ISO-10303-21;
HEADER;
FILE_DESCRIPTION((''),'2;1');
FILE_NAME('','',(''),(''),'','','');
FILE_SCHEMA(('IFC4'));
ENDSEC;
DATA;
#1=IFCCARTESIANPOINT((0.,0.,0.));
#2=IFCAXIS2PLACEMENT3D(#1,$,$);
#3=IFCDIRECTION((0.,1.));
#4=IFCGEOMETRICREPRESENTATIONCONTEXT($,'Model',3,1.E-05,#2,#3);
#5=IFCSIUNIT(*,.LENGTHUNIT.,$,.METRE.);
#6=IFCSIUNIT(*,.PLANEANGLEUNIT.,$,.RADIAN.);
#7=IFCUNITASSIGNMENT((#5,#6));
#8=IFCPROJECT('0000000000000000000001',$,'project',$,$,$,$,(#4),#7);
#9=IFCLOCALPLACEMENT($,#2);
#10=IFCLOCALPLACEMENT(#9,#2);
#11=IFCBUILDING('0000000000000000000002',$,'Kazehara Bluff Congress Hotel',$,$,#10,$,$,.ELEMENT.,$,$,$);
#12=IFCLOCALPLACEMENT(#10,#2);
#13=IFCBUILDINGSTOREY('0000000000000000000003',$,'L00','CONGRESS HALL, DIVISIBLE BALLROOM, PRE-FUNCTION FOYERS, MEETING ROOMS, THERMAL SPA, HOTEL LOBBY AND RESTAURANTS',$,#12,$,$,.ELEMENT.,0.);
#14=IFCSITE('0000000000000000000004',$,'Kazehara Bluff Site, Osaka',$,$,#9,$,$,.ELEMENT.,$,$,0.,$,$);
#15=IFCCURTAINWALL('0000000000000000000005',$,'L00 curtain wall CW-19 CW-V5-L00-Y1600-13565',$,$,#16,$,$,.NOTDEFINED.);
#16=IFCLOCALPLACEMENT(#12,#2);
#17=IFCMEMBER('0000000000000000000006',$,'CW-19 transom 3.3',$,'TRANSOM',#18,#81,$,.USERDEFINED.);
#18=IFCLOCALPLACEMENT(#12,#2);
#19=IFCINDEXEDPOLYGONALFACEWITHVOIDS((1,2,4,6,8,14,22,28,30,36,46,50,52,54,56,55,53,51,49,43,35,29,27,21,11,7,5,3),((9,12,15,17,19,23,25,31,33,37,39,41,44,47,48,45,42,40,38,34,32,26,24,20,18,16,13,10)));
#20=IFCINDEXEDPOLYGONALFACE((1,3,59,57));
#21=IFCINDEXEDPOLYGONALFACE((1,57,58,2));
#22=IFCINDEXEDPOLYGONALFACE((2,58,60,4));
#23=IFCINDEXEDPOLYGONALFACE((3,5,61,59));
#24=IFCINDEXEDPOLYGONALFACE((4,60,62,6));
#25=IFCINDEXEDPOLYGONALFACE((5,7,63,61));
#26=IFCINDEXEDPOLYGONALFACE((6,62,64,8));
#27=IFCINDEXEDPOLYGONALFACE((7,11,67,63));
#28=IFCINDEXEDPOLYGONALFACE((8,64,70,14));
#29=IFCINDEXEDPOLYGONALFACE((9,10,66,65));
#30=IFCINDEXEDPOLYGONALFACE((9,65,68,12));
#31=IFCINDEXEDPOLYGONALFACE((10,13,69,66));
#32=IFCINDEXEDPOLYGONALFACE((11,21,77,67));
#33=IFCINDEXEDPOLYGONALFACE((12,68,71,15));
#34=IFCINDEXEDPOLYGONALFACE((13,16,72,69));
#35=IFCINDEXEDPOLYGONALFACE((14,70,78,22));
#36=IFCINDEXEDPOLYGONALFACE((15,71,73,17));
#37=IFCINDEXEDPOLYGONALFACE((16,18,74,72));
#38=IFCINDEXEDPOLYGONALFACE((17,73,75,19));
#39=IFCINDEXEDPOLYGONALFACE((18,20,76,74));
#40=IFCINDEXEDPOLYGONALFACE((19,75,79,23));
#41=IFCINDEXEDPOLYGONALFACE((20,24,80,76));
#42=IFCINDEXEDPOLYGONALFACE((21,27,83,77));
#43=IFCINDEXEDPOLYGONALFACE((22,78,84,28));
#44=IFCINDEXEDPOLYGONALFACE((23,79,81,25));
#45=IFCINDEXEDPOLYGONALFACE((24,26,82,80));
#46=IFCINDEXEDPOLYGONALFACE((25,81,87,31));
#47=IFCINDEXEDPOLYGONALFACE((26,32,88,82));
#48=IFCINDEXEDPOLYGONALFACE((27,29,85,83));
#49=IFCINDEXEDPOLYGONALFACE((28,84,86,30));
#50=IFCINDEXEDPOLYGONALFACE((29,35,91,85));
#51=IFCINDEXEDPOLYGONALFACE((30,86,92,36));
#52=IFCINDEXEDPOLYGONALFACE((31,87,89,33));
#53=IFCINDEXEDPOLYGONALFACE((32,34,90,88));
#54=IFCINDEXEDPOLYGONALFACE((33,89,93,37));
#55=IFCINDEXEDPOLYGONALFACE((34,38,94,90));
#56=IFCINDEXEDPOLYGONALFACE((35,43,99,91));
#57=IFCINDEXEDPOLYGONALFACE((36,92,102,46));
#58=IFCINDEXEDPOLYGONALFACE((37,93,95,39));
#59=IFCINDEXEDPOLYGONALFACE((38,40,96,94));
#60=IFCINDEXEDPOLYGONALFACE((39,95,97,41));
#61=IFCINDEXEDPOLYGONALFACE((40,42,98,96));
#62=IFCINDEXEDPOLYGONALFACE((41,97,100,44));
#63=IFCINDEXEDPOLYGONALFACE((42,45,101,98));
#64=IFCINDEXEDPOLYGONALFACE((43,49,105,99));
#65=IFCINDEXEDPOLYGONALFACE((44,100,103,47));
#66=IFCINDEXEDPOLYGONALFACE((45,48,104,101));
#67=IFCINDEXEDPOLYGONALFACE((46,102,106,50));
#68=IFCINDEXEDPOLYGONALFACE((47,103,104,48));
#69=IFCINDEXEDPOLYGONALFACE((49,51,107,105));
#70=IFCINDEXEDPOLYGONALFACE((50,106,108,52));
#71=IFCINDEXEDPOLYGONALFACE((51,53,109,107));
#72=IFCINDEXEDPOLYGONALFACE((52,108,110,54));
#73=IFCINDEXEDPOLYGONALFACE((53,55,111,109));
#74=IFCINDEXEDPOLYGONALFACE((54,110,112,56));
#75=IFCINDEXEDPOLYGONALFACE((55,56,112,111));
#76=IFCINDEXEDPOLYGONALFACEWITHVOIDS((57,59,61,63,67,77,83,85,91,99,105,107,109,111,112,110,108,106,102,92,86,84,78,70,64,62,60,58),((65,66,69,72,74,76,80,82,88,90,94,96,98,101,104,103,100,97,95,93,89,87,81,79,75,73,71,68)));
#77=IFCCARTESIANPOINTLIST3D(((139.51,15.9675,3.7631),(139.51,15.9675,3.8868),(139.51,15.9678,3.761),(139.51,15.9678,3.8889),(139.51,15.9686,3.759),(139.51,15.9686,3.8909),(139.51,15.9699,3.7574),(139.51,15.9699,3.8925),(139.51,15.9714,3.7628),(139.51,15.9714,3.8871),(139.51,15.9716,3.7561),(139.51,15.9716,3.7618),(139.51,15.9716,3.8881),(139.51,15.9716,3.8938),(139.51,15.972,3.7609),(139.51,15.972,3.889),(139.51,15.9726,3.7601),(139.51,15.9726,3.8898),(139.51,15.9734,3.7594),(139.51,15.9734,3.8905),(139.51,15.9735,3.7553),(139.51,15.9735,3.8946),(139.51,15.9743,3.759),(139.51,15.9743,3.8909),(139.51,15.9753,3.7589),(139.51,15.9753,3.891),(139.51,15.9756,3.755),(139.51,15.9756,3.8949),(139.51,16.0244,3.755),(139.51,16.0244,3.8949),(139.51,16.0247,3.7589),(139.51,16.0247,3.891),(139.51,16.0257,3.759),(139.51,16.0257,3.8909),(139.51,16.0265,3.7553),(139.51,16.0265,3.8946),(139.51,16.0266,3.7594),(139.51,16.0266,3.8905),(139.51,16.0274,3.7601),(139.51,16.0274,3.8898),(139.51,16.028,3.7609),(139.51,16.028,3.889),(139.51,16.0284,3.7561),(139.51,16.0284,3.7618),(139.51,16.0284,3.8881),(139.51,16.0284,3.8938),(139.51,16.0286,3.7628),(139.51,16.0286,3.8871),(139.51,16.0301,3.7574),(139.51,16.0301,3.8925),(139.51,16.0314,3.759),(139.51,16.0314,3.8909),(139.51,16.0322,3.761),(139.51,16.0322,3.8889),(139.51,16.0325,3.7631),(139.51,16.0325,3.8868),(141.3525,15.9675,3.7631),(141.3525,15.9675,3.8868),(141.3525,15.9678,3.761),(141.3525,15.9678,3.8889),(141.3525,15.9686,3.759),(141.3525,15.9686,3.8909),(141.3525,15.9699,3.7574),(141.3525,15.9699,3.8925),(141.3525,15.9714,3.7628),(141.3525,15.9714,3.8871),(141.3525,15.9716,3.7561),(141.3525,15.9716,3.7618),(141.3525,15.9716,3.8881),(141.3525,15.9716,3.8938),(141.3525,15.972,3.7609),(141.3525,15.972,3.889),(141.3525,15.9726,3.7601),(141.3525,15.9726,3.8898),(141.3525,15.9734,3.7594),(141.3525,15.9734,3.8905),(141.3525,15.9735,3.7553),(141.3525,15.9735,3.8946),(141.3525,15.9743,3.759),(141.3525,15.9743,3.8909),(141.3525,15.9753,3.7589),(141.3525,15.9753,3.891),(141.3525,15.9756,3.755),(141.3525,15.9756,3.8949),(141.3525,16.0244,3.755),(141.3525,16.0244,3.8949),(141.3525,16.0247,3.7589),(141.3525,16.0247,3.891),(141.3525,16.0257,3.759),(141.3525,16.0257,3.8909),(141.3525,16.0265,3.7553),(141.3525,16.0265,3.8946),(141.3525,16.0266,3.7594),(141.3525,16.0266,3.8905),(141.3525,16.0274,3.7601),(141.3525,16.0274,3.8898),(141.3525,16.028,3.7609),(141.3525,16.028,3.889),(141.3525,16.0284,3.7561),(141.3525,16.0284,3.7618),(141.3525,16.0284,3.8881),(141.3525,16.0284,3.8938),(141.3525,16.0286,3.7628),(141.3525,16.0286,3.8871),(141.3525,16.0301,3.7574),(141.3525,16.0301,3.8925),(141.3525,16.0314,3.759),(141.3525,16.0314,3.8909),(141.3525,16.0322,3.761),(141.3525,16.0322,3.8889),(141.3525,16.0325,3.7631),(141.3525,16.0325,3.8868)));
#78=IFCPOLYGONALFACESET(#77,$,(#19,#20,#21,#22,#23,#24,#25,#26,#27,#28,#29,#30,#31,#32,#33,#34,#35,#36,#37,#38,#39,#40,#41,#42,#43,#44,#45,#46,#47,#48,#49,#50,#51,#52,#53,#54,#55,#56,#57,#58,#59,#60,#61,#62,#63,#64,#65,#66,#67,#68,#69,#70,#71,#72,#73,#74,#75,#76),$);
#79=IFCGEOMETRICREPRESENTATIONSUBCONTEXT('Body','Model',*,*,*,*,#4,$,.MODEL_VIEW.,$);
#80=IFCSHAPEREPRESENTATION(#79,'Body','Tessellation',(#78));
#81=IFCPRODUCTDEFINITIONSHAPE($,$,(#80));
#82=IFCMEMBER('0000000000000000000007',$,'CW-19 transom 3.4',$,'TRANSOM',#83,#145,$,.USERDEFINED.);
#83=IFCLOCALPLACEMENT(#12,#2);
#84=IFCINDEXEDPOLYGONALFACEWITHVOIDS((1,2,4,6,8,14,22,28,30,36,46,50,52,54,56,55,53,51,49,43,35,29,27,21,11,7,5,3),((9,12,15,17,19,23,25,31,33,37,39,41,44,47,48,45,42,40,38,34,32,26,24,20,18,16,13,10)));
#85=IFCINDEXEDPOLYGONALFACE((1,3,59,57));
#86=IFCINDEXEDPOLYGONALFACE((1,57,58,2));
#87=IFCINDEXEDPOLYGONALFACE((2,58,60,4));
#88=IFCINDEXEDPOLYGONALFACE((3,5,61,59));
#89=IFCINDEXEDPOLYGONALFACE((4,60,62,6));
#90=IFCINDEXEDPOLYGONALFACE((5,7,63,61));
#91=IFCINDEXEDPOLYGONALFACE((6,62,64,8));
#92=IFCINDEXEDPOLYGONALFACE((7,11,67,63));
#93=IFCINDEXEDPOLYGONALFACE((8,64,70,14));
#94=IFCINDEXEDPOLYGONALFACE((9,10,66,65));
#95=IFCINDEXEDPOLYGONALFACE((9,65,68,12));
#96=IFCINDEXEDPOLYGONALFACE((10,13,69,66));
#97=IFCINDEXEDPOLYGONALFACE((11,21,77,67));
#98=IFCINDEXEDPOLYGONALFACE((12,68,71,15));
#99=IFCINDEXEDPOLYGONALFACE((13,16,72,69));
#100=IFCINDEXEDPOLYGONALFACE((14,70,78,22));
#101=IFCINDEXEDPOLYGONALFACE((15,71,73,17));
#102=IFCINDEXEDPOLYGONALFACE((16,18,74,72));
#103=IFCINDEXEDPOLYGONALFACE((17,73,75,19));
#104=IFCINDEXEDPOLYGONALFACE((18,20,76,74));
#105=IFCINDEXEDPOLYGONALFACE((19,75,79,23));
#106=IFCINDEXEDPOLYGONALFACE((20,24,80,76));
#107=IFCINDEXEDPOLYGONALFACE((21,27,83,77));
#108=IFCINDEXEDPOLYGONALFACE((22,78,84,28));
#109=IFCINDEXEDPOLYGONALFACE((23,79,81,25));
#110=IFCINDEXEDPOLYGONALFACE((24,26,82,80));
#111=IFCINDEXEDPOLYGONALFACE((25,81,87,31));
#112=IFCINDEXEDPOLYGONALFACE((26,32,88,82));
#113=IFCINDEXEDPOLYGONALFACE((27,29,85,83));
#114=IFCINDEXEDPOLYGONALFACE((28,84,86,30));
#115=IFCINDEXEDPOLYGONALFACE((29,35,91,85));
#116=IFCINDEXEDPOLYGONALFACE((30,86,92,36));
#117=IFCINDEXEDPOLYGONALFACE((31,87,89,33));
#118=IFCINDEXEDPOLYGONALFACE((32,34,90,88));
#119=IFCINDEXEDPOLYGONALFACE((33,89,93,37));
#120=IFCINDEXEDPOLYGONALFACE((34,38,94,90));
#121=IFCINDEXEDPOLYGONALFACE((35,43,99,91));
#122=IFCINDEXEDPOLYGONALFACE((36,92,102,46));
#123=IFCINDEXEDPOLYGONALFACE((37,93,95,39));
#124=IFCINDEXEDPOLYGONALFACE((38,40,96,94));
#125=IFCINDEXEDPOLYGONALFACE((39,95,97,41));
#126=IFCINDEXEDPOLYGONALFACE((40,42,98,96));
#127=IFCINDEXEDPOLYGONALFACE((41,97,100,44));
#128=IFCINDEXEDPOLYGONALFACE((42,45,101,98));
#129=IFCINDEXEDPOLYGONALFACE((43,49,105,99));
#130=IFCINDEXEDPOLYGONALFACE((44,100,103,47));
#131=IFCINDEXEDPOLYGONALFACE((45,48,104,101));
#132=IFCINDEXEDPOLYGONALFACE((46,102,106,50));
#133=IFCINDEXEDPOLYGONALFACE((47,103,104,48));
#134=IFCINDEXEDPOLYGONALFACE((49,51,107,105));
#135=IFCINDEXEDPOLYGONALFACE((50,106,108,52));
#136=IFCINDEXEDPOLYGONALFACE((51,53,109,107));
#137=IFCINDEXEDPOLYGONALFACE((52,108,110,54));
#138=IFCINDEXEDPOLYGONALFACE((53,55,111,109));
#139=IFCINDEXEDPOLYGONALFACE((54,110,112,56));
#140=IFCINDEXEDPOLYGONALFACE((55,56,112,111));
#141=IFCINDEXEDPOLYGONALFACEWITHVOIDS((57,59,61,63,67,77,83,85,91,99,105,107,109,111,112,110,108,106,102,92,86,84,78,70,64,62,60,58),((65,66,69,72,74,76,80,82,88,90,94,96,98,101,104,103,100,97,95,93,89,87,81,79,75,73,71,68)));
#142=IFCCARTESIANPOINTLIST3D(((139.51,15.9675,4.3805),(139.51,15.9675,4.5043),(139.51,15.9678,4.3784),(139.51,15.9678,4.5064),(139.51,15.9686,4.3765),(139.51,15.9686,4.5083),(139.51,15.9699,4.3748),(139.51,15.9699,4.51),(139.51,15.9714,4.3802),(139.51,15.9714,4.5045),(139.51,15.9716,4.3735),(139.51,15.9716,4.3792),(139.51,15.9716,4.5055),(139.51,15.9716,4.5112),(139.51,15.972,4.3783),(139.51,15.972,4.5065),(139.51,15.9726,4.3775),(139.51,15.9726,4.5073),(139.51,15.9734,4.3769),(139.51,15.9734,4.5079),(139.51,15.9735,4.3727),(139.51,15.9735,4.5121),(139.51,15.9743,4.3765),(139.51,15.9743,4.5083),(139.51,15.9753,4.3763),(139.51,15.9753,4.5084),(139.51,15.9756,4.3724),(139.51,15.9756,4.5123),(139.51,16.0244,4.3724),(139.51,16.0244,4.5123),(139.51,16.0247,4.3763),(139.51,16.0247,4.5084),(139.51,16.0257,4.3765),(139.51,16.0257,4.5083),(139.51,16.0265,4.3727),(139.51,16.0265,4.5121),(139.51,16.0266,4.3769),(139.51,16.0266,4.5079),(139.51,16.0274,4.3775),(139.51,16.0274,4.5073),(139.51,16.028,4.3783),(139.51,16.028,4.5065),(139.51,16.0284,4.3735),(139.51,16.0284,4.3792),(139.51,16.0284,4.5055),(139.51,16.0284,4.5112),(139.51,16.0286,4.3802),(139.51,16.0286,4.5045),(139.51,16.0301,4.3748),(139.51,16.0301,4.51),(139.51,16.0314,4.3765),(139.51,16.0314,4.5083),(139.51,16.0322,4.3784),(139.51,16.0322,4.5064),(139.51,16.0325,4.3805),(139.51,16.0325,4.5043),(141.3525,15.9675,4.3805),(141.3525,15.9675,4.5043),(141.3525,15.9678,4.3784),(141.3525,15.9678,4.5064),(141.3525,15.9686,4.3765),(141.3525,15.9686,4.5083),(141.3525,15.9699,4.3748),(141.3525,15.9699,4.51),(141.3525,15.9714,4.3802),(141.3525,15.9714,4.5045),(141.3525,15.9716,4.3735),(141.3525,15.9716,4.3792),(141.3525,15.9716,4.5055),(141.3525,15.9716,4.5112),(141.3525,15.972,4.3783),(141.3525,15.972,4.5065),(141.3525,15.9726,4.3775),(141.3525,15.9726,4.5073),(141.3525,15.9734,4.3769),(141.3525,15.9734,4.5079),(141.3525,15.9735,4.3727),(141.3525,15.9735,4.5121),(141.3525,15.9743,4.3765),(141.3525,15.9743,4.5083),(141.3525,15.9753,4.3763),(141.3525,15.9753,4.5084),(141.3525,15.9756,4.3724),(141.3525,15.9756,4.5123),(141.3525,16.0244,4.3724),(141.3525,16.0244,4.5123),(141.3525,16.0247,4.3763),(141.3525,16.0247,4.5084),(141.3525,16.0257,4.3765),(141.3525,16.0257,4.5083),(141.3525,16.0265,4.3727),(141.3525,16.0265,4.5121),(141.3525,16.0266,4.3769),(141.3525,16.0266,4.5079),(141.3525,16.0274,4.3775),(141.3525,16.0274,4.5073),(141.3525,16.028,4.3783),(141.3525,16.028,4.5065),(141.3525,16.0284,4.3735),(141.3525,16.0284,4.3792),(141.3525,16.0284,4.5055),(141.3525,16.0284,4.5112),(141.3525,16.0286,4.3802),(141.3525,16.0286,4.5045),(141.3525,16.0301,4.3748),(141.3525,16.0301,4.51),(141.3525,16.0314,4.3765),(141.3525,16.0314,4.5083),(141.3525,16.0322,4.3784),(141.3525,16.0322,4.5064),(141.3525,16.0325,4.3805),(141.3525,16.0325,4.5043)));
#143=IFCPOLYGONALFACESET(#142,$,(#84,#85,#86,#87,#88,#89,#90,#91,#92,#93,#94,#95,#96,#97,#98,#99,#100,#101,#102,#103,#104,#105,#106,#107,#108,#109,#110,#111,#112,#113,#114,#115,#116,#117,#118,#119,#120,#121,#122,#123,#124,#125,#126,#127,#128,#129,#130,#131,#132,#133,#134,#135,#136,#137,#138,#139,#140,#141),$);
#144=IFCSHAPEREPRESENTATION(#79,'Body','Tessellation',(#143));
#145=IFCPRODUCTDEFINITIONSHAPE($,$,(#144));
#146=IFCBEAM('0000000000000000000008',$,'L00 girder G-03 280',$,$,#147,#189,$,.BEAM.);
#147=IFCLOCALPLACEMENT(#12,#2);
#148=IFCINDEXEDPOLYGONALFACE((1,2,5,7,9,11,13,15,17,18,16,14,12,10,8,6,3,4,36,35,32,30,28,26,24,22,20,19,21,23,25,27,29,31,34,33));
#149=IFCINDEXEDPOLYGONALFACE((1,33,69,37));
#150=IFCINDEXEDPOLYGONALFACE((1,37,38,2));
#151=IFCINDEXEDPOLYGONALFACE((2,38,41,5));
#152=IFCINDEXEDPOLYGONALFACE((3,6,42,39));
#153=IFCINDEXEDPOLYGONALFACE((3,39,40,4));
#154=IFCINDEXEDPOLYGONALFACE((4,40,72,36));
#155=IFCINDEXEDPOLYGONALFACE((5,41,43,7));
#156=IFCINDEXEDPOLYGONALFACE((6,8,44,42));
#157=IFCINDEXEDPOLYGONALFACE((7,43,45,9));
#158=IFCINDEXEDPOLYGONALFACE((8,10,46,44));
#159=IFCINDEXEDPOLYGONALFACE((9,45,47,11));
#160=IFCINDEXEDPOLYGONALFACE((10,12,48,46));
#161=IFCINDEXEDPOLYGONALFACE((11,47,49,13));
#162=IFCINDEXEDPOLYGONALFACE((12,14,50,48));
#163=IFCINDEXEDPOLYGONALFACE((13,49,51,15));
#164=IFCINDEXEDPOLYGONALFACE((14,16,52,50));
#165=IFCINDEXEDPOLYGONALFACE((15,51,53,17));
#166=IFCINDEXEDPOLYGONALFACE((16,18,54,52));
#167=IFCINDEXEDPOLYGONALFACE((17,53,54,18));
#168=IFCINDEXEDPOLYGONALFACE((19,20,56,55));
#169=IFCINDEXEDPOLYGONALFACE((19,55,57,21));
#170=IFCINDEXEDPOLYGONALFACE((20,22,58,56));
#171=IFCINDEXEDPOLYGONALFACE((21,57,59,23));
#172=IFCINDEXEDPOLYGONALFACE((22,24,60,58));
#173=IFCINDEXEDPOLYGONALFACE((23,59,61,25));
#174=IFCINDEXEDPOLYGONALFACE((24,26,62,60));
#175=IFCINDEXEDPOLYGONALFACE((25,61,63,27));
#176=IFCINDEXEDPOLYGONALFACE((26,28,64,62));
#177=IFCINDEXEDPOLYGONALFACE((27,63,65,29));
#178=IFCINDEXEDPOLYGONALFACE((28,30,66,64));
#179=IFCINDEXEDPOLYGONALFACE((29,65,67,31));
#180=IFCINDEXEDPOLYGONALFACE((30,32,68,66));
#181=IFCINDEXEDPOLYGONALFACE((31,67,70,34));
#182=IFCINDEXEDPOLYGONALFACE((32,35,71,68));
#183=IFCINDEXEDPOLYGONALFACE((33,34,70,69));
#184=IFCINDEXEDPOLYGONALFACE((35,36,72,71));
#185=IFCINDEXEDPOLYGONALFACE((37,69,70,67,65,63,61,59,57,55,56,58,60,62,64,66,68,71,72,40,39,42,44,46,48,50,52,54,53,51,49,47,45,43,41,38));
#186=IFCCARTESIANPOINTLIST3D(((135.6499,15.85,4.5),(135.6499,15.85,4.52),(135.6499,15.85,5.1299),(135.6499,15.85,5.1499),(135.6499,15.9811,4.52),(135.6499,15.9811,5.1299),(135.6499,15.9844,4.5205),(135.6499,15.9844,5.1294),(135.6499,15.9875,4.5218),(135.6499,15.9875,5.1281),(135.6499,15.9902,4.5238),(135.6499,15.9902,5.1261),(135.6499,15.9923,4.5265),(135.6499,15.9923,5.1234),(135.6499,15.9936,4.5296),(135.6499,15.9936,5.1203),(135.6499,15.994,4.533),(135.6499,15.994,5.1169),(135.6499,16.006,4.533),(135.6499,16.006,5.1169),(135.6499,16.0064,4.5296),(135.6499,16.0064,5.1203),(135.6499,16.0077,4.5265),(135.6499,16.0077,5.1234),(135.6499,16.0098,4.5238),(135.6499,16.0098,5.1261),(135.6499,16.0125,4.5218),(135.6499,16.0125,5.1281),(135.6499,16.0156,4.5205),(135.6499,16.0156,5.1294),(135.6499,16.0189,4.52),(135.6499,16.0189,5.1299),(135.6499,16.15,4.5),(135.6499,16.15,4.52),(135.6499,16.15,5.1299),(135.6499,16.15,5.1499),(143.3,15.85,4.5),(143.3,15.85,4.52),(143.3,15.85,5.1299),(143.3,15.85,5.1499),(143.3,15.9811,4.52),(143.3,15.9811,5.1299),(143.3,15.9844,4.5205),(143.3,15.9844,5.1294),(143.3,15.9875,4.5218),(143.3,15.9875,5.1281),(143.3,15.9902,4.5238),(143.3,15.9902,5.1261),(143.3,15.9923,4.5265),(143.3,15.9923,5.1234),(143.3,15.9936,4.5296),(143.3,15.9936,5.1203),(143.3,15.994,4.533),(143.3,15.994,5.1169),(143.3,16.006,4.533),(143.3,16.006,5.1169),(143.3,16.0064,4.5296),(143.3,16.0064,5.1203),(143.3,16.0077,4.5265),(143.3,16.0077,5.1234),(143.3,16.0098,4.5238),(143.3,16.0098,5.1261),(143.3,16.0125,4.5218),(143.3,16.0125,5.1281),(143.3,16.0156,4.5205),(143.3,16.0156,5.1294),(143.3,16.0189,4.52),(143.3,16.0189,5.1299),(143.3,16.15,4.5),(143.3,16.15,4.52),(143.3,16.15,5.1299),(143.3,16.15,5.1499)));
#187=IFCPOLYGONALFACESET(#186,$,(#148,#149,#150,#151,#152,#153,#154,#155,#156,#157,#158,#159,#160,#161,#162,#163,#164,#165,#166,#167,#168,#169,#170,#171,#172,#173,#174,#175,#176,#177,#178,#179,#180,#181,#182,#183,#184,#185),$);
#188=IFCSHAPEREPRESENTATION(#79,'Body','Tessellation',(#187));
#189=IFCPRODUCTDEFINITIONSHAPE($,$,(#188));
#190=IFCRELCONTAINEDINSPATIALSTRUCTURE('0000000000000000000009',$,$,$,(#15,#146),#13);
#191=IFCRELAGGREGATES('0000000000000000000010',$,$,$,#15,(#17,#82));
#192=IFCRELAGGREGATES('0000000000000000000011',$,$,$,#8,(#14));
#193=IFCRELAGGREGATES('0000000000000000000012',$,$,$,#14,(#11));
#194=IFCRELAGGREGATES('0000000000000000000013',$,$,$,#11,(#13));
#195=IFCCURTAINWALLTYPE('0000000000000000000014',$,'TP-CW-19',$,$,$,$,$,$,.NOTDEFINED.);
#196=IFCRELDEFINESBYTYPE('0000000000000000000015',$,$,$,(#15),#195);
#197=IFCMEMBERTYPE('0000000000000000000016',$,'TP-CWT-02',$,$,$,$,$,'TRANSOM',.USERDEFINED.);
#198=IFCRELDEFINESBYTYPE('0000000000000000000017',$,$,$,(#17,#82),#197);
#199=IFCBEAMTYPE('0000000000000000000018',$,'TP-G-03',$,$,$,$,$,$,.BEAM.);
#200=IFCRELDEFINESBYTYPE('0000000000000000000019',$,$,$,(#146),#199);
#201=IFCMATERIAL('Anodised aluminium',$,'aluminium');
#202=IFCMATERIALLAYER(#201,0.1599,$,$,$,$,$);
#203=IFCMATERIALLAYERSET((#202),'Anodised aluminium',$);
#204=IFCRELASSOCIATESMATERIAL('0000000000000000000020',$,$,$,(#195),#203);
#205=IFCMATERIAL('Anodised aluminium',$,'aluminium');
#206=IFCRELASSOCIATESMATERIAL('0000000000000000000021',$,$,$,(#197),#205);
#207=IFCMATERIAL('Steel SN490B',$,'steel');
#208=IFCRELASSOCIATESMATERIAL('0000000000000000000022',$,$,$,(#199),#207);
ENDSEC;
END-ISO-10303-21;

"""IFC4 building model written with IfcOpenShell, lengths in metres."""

from ifc_helpers import new_model, si_unit, direction, frame, origin, origin_2d, place, context, subcontext, project, spatial, hollow_rectangle, i_section, extrude, material, layer, layer_set, material_profile, profile_set, type_object, element, aggregate, save


model = new_model("IFC4")

# Units and contexts
model_context = context("Model", 3, precision=1e-05, world=origin(), true_north=direction((0.0, 1.0)))
body_context = subcontext(model_context, "Body", "Model", "MODEL_VIEW")
ifc_project = project(units=[si_unit("LENGTHUNIT", "METRE"), si_unit("PLANEANGLEUNIT", "RADIAN")], contexts=[model_context])

# Site, building, storey
site_placement = place(None, origin())
site = spatial("IfcSite", under=ifc_project, at=site_placement, Name="Kazehara Bluff Site, Osaka", CompositionType="ELEMENT", RefElevation=0.0)
building_placement = place(site_placement, origin())
building = spatial("IfcBuilding", under=site, at=building_placement, Name="Kazehara Bluff Congress Hotel", CompositionType="ELEMENT")
storey_placement = place(building_placement, origin())
storey = spatial("IfcBuildingStorey", under=building, at=storey_placement, Name="L00", Description="CONGRESS HALL, DIVISIBLE BALLROOM, PRE-FUNCTION FOYERS, MEETING ROOMS, THERMAL SPA, HOTEL LOBBY AND RESTAURANTS", CompositionType="ELEMENT", Elevation=0.0)

# Curtain wall
ifc_material_1 = material(Name="Anodised aluminium", Category="aluminium")
ifc_layer_1 = layer(ifc_material_1, 0.1599)
ifc_layer_set_1 = layer_set([ifc_layer_1], Name="Anodised aluminium")
curtain_wall_type_1 = type_object("IfcCurtainWallType", Name="TP-CW-19", PredefinedType="NOTDEFINED", material=ifc_layer_set_1)
curtain_wall_1_placement = place(storey_placement, origin())
curtain_wall_1 = element("IfcCurtainWall", 1, at=curtain_wall_1_placement, inside=storey, type_object=curtain_wall_type_1, Name="L00 curtain wall CW-19 CW-V5-L00-Y1600-13565", PredefinedType="NOTDEFINED")

# Members
ifc_material_2 = material(Name="Anodised aluminium", Category="aluminium")
ifc_material_profile_1 = material_profile(ifc_material_2, hollow_rectangle(XDim=0.0649, YDim=0.1399, WallThickness=0.0039, InnerFilletRadius=0.0039, OuterFilletRadius=0.0081, at=origin_2d()))
ifc_profile_set_1 = profile_set([ifc_material_profile_1], Name="Anodised aluminium")
member_type_1 = type_object("IfcMemberType", Name="TP-CWT-02", ElementType="TRANSOM", PredefinedType="USERDEFINED", material=ifc_profile_set_1)
member_1_placement = place(storey_placement, frame((139.51, 16.0, 3.825), z_axis=(1.0, 0.0, 0.0), x_axis=(0.0, 1.0, 0.0)))
member_1 = element("IfcMember", 2, at=member_1_placement, type_object=member_type_1, Name="CW-19 transom 3.3", ObjectType="TRANSOM", PredefinedType="USERDEFINED", context=body_context, shape_type="SweptSolid", body=[
    extrude(hollow_rectangle(XDim=0.0649, YDim=0.1399, WallThickness=0.0039, InnerFilletRadius=0.0039, OuterFilletRadius=0.0081, at=origin_2d()), origin(), (0.0, 0.0, 1.0), 1.8425),
])
member_2_placement = place(storey_placement, frame((139.51, 16.0, 4.4424), z_axis=(1.0, 0.0, 0.0), x_axis=(0.0, 1.0, 0.0)))
member_2 = element("IfcMember", 3, at=member_2_placement, type_object=member_type_1, Name="CW-19 transom 3.4", ObjectType="TRANSOM", PredefinedType="USERDEFINED", context=body_context, shape_type="SweptSolid", body=[
    extrude(hollow_rectangle(XDim=0.0649, YDim=0.1399, WallThickness=0.0039, InnerFilletRadius=0.0039, OuterFilletRadius=0.0081, at=origin_2d()), origin(), (0.0, 0.0, 1.0), 1.8425),
])

# Beam
ifc_material_3 = material(Name="Steel SN490B", Category="steel")
ifc_material_profile_2 = material_profile(ifc_material_3, i_section(OverallWidth=0.3, OverallDepth=0.6499, WebThickness=0.012, FlangeThickness=0.02, FilletRadius=0.0129, at=origin_2d()))
ifc_profile_set_2 = profile_set([ifc_material_profile_2], Name="Steel SN490B")
beam_type = type_object("IfcBeamType", Name="TP-G-03", PredefinedType="BEAM", material=ifc_profile_set_2)
beam_placement = place(storey_placement, frame((135.6499, 16.0, 4.825), z_axis=(1.0, 0.0, 0.0), x_axis=(0.0, 1.0, 0.0)))
element("IfcBeam", 4, at=beam_placement, inside=storey, type_object=beam_type, Name="L00 girder G-03 280", PredefinedType="BEAM", context=body_context, shape_type="SweptSolid", body=[
    extrude(i_section(OverallWidth=0.3, OverallDepth=0.6499, WebThickness=0.012, FlangeThickness=0.02, FilletRadius=0.0129, at=origin_2d()), origin(), (0.0, 0.0, 1.0), 7.6501),
])

aggregate(curtain_wall_1, [member_1, member_2])

save(model, "model.ifc")
